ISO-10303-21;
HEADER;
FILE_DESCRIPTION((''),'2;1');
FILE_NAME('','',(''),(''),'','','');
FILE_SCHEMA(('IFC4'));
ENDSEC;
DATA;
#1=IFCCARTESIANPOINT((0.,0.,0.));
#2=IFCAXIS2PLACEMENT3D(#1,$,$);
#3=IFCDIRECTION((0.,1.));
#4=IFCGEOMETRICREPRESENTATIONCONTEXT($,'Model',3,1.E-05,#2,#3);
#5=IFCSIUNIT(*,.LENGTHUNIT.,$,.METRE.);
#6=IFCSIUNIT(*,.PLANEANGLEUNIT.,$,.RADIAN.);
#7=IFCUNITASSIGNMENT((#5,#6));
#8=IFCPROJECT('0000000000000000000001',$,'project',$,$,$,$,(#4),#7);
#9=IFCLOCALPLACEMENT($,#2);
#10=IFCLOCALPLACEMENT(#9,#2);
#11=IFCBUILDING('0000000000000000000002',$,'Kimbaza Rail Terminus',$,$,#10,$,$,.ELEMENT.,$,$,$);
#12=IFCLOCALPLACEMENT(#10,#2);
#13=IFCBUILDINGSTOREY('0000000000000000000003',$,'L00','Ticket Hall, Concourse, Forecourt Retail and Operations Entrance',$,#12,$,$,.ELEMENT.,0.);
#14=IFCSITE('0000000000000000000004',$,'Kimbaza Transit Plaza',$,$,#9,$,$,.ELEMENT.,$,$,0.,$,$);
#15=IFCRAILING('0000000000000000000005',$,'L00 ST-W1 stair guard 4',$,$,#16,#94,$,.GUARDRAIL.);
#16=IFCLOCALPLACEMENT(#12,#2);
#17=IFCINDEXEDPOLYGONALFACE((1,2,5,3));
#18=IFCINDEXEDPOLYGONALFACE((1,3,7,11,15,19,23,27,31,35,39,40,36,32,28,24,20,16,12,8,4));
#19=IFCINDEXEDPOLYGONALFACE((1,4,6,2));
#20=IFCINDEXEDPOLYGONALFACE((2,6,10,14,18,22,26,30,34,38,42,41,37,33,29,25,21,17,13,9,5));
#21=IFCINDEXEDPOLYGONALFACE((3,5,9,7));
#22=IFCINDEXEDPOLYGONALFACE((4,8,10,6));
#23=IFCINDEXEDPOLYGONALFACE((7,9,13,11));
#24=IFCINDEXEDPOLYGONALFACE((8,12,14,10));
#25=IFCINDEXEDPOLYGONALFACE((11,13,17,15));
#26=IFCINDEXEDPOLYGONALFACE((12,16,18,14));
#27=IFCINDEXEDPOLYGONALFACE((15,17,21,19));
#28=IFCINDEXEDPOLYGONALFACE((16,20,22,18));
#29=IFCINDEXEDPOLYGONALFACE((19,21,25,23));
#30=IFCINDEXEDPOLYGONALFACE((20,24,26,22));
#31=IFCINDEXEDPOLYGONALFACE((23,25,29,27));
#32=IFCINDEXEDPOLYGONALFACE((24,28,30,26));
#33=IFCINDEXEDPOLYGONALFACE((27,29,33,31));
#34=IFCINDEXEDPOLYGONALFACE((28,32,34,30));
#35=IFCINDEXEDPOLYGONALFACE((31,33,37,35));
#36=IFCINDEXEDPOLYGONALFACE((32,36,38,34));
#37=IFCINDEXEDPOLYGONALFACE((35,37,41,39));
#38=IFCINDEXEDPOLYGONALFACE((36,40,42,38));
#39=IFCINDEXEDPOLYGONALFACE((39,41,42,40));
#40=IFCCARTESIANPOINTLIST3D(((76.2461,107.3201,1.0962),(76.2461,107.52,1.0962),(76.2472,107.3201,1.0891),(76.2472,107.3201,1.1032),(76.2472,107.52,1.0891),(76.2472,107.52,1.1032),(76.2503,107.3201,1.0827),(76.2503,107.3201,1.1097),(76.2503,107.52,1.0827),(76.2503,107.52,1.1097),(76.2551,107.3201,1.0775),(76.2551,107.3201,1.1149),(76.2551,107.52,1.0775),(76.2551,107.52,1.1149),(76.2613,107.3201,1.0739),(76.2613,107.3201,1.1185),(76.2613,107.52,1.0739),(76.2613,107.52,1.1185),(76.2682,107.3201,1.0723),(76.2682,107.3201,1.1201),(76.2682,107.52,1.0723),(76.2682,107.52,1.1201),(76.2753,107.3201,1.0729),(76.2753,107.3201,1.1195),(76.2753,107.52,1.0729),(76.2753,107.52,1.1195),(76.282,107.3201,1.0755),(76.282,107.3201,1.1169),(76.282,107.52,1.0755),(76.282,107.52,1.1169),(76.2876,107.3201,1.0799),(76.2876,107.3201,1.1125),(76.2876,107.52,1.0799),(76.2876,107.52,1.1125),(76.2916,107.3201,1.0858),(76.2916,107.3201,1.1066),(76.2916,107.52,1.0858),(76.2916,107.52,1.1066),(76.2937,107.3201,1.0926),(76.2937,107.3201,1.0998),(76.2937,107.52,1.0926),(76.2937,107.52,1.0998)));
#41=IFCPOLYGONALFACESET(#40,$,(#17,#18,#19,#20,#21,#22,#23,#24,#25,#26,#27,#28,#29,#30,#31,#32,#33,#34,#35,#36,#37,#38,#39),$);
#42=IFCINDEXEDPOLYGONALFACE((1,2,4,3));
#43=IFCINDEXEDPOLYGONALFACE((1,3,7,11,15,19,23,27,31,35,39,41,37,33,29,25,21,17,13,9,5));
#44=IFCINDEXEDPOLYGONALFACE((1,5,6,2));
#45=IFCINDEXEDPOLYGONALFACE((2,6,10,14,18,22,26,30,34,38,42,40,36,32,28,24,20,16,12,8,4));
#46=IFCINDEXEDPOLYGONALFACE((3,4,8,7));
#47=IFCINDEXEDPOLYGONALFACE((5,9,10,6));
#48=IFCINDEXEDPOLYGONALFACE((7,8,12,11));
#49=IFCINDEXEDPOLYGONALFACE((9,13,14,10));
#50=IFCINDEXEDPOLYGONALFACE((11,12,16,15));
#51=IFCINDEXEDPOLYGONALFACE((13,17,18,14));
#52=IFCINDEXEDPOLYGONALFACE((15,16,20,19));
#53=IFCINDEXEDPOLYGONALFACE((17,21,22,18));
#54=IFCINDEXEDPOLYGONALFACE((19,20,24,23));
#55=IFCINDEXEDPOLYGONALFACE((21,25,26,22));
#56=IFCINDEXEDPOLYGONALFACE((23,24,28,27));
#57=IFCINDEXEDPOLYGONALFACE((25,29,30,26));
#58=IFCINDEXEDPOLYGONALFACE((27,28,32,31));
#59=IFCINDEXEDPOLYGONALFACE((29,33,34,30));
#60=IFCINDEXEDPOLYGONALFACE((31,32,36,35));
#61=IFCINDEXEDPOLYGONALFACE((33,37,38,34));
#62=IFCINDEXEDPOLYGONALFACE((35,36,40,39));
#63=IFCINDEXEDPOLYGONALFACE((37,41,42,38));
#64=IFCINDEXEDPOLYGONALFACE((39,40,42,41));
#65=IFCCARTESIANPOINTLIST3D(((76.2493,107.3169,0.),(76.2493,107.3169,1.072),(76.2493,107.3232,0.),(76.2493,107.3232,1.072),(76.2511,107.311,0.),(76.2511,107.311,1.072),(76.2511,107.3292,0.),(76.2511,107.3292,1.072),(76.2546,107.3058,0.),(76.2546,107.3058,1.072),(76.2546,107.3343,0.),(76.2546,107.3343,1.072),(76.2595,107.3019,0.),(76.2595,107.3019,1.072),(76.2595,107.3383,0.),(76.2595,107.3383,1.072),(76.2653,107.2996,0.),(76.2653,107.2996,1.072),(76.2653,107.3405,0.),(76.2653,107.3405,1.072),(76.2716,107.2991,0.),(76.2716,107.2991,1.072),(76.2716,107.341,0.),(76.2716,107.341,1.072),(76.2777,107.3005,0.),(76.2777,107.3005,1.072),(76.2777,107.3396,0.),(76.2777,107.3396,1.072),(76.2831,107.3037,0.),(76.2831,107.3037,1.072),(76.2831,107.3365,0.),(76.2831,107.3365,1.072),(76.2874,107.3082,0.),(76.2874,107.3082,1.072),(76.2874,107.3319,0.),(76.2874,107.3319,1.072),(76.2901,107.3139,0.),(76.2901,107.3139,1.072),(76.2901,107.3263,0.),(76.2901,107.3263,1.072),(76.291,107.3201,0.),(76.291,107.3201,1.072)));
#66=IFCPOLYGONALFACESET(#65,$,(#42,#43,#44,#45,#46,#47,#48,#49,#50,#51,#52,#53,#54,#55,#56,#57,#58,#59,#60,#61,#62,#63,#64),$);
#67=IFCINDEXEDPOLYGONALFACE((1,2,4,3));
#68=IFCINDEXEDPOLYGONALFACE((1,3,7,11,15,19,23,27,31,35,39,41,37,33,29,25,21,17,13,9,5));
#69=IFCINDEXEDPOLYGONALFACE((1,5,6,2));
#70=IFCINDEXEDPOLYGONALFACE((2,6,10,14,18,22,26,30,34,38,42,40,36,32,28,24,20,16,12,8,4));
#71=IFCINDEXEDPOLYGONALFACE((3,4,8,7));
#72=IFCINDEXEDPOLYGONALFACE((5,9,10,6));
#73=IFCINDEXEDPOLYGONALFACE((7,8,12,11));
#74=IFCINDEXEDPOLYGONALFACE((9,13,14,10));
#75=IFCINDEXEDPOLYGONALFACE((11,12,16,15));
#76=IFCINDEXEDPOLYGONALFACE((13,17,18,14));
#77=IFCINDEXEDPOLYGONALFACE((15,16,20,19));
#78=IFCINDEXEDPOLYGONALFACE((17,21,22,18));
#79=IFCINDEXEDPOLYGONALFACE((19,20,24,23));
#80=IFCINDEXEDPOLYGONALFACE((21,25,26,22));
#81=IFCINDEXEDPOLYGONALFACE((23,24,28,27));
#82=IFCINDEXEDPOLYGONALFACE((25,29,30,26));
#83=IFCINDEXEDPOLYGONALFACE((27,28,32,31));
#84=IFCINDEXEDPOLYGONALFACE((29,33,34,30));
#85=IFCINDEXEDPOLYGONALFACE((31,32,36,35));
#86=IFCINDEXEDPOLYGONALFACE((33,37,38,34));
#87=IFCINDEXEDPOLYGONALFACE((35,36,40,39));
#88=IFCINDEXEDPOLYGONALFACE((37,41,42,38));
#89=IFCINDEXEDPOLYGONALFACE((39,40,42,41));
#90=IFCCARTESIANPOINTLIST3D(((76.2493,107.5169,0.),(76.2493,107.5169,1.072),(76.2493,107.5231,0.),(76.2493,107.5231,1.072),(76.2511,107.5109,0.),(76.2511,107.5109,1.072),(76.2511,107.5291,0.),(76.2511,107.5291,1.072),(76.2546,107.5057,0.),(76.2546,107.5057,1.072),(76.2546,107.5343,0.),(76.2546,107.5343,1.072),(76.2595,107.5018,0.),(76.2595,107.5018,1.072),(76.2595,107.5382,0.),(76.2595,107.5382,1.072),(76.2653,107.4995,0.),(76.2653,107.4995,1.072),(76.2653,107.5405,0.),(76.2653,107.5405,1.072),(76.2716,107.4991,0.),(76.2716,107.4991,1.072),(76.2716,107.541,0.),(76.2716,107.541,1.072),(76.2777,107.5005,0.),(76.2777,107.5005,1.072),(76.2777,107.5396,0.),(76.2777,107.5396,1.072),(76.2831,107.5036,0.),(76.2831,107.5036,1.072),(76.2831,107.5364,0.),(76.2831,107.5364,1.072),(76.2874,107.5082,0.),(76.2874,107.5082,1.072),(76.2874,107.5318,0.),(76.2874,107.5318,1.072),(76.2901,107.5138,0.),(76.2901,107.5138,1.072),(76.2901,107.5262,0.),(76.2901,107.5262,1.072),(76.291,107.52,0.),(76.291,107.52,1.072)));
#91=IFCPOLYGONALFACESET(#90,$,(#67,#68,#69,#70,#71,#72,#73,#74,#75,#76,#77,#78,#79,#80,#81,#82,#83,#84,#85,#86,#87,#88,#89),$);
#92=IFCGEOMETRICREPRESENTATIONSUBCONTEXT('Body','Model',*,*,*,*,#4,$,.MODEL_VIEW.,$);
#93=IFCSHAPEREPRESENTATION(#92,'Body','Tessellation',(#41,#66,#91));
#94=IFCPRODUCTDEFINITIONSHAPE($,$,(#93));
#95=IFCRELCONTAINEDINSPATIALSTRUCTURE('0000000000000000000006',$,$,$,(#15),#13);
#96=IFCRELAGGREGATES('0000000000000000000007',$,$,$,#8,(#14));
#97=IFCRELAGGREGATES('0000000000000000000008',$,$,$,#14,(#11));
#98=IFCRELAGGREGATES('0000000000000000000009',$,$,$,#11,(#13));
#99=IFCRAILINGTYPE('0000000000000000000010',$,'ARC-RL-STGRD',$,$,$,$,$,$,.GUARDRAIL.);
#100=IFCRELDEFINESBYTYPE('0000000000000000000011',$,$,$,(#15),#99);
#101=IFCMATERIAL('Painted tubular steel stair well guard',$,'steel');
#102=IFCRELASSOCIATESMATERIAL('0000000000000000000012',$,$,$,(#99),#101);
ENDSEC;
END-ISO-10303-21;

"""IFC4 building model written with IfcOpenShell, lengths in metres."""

from ifc_helpers import new_model, si_unit, direction, frame, origin, origin_2d, place, context, subcontext, project, spatial, circle, extrude, material, type_object, element, save


model = new_model("IFC4")

# Units and contexts
model_context = context("Model", 3, precision=1e-05, world=origin(), true_north=direction((0.0, 1.0)))
body_context = subcontext(model_context, "Body", "Model", "MODEL_VIEW")
ifc_project = project(units=[si_unit("LENGTHUNIT", "METRE"), si_unit("PLANEANGLEUNIT", "RADIAN")], contexts=[model_context])

# Site, building, storey
site_placement = place(None, origin())
site = spatial("IfcSite", under=ifc_project, at=site_placement, Name="Kimbaza Transit Plaza", CompositionType="ELEMENT", RefElevation=0.0)
building_placement = place(site_placement, origin())
building = spatial("IfcBuilding", under=site, at=building_placement, Name="Kimbaza Rail Terminus", CompositionType="ELEMENT")
storey_placement = place(building_placement, origin())
storey = spatial("IfcBuildingStorey", under=building, at=storey_placement, Name="L00", Description="Ticket Hall, Concourse, Forecourt Retail and Operations Entrance", CompositionType="ELEMENT", Elevation=0.0)

# Railing
ifc_material_1 = material(Name="Painted tubular steel stair well guard", Category="steel")
railing_type_1 = type_object("IfcRailingType", Name="ARC-RL-STGRD", PredefinedType="GUARDRAIL", material=ifc_material_1)
railing_1_placement = place(storey_placement, frame((76.27, 107.3201, 0.0)))
element("IfcRailing", 1, at=railing_1_placement, inside=storey, type_object=railing_type_1, Name="L00 ST-W1 stair guard 4", PredefinedType="GUARDRAIL", context=body_context, shape_type="SweptSolid", body=[
    extrude(circle(Radius=0.0239, at=origin_2d()), frame((0.0, 0.0, 1.0962), z_axis=(0.0, 1.0, 0.0), x_axis=(-1.0, 0.0, 0.0)), (0.0, 0.0, 1.0), 0.2),
    extrude(circle(Radius=0.021, at=origin_2d()), origin(), (0.0, 0.0, 1.0), 1.072),
    extrude(circle(Radius=0.021, at=origin_2d()), frame((0.0, 0.2, 0.0)), (0.0, 0.0, 1.0), 1.072),
])

save(model, "model.ifc")
